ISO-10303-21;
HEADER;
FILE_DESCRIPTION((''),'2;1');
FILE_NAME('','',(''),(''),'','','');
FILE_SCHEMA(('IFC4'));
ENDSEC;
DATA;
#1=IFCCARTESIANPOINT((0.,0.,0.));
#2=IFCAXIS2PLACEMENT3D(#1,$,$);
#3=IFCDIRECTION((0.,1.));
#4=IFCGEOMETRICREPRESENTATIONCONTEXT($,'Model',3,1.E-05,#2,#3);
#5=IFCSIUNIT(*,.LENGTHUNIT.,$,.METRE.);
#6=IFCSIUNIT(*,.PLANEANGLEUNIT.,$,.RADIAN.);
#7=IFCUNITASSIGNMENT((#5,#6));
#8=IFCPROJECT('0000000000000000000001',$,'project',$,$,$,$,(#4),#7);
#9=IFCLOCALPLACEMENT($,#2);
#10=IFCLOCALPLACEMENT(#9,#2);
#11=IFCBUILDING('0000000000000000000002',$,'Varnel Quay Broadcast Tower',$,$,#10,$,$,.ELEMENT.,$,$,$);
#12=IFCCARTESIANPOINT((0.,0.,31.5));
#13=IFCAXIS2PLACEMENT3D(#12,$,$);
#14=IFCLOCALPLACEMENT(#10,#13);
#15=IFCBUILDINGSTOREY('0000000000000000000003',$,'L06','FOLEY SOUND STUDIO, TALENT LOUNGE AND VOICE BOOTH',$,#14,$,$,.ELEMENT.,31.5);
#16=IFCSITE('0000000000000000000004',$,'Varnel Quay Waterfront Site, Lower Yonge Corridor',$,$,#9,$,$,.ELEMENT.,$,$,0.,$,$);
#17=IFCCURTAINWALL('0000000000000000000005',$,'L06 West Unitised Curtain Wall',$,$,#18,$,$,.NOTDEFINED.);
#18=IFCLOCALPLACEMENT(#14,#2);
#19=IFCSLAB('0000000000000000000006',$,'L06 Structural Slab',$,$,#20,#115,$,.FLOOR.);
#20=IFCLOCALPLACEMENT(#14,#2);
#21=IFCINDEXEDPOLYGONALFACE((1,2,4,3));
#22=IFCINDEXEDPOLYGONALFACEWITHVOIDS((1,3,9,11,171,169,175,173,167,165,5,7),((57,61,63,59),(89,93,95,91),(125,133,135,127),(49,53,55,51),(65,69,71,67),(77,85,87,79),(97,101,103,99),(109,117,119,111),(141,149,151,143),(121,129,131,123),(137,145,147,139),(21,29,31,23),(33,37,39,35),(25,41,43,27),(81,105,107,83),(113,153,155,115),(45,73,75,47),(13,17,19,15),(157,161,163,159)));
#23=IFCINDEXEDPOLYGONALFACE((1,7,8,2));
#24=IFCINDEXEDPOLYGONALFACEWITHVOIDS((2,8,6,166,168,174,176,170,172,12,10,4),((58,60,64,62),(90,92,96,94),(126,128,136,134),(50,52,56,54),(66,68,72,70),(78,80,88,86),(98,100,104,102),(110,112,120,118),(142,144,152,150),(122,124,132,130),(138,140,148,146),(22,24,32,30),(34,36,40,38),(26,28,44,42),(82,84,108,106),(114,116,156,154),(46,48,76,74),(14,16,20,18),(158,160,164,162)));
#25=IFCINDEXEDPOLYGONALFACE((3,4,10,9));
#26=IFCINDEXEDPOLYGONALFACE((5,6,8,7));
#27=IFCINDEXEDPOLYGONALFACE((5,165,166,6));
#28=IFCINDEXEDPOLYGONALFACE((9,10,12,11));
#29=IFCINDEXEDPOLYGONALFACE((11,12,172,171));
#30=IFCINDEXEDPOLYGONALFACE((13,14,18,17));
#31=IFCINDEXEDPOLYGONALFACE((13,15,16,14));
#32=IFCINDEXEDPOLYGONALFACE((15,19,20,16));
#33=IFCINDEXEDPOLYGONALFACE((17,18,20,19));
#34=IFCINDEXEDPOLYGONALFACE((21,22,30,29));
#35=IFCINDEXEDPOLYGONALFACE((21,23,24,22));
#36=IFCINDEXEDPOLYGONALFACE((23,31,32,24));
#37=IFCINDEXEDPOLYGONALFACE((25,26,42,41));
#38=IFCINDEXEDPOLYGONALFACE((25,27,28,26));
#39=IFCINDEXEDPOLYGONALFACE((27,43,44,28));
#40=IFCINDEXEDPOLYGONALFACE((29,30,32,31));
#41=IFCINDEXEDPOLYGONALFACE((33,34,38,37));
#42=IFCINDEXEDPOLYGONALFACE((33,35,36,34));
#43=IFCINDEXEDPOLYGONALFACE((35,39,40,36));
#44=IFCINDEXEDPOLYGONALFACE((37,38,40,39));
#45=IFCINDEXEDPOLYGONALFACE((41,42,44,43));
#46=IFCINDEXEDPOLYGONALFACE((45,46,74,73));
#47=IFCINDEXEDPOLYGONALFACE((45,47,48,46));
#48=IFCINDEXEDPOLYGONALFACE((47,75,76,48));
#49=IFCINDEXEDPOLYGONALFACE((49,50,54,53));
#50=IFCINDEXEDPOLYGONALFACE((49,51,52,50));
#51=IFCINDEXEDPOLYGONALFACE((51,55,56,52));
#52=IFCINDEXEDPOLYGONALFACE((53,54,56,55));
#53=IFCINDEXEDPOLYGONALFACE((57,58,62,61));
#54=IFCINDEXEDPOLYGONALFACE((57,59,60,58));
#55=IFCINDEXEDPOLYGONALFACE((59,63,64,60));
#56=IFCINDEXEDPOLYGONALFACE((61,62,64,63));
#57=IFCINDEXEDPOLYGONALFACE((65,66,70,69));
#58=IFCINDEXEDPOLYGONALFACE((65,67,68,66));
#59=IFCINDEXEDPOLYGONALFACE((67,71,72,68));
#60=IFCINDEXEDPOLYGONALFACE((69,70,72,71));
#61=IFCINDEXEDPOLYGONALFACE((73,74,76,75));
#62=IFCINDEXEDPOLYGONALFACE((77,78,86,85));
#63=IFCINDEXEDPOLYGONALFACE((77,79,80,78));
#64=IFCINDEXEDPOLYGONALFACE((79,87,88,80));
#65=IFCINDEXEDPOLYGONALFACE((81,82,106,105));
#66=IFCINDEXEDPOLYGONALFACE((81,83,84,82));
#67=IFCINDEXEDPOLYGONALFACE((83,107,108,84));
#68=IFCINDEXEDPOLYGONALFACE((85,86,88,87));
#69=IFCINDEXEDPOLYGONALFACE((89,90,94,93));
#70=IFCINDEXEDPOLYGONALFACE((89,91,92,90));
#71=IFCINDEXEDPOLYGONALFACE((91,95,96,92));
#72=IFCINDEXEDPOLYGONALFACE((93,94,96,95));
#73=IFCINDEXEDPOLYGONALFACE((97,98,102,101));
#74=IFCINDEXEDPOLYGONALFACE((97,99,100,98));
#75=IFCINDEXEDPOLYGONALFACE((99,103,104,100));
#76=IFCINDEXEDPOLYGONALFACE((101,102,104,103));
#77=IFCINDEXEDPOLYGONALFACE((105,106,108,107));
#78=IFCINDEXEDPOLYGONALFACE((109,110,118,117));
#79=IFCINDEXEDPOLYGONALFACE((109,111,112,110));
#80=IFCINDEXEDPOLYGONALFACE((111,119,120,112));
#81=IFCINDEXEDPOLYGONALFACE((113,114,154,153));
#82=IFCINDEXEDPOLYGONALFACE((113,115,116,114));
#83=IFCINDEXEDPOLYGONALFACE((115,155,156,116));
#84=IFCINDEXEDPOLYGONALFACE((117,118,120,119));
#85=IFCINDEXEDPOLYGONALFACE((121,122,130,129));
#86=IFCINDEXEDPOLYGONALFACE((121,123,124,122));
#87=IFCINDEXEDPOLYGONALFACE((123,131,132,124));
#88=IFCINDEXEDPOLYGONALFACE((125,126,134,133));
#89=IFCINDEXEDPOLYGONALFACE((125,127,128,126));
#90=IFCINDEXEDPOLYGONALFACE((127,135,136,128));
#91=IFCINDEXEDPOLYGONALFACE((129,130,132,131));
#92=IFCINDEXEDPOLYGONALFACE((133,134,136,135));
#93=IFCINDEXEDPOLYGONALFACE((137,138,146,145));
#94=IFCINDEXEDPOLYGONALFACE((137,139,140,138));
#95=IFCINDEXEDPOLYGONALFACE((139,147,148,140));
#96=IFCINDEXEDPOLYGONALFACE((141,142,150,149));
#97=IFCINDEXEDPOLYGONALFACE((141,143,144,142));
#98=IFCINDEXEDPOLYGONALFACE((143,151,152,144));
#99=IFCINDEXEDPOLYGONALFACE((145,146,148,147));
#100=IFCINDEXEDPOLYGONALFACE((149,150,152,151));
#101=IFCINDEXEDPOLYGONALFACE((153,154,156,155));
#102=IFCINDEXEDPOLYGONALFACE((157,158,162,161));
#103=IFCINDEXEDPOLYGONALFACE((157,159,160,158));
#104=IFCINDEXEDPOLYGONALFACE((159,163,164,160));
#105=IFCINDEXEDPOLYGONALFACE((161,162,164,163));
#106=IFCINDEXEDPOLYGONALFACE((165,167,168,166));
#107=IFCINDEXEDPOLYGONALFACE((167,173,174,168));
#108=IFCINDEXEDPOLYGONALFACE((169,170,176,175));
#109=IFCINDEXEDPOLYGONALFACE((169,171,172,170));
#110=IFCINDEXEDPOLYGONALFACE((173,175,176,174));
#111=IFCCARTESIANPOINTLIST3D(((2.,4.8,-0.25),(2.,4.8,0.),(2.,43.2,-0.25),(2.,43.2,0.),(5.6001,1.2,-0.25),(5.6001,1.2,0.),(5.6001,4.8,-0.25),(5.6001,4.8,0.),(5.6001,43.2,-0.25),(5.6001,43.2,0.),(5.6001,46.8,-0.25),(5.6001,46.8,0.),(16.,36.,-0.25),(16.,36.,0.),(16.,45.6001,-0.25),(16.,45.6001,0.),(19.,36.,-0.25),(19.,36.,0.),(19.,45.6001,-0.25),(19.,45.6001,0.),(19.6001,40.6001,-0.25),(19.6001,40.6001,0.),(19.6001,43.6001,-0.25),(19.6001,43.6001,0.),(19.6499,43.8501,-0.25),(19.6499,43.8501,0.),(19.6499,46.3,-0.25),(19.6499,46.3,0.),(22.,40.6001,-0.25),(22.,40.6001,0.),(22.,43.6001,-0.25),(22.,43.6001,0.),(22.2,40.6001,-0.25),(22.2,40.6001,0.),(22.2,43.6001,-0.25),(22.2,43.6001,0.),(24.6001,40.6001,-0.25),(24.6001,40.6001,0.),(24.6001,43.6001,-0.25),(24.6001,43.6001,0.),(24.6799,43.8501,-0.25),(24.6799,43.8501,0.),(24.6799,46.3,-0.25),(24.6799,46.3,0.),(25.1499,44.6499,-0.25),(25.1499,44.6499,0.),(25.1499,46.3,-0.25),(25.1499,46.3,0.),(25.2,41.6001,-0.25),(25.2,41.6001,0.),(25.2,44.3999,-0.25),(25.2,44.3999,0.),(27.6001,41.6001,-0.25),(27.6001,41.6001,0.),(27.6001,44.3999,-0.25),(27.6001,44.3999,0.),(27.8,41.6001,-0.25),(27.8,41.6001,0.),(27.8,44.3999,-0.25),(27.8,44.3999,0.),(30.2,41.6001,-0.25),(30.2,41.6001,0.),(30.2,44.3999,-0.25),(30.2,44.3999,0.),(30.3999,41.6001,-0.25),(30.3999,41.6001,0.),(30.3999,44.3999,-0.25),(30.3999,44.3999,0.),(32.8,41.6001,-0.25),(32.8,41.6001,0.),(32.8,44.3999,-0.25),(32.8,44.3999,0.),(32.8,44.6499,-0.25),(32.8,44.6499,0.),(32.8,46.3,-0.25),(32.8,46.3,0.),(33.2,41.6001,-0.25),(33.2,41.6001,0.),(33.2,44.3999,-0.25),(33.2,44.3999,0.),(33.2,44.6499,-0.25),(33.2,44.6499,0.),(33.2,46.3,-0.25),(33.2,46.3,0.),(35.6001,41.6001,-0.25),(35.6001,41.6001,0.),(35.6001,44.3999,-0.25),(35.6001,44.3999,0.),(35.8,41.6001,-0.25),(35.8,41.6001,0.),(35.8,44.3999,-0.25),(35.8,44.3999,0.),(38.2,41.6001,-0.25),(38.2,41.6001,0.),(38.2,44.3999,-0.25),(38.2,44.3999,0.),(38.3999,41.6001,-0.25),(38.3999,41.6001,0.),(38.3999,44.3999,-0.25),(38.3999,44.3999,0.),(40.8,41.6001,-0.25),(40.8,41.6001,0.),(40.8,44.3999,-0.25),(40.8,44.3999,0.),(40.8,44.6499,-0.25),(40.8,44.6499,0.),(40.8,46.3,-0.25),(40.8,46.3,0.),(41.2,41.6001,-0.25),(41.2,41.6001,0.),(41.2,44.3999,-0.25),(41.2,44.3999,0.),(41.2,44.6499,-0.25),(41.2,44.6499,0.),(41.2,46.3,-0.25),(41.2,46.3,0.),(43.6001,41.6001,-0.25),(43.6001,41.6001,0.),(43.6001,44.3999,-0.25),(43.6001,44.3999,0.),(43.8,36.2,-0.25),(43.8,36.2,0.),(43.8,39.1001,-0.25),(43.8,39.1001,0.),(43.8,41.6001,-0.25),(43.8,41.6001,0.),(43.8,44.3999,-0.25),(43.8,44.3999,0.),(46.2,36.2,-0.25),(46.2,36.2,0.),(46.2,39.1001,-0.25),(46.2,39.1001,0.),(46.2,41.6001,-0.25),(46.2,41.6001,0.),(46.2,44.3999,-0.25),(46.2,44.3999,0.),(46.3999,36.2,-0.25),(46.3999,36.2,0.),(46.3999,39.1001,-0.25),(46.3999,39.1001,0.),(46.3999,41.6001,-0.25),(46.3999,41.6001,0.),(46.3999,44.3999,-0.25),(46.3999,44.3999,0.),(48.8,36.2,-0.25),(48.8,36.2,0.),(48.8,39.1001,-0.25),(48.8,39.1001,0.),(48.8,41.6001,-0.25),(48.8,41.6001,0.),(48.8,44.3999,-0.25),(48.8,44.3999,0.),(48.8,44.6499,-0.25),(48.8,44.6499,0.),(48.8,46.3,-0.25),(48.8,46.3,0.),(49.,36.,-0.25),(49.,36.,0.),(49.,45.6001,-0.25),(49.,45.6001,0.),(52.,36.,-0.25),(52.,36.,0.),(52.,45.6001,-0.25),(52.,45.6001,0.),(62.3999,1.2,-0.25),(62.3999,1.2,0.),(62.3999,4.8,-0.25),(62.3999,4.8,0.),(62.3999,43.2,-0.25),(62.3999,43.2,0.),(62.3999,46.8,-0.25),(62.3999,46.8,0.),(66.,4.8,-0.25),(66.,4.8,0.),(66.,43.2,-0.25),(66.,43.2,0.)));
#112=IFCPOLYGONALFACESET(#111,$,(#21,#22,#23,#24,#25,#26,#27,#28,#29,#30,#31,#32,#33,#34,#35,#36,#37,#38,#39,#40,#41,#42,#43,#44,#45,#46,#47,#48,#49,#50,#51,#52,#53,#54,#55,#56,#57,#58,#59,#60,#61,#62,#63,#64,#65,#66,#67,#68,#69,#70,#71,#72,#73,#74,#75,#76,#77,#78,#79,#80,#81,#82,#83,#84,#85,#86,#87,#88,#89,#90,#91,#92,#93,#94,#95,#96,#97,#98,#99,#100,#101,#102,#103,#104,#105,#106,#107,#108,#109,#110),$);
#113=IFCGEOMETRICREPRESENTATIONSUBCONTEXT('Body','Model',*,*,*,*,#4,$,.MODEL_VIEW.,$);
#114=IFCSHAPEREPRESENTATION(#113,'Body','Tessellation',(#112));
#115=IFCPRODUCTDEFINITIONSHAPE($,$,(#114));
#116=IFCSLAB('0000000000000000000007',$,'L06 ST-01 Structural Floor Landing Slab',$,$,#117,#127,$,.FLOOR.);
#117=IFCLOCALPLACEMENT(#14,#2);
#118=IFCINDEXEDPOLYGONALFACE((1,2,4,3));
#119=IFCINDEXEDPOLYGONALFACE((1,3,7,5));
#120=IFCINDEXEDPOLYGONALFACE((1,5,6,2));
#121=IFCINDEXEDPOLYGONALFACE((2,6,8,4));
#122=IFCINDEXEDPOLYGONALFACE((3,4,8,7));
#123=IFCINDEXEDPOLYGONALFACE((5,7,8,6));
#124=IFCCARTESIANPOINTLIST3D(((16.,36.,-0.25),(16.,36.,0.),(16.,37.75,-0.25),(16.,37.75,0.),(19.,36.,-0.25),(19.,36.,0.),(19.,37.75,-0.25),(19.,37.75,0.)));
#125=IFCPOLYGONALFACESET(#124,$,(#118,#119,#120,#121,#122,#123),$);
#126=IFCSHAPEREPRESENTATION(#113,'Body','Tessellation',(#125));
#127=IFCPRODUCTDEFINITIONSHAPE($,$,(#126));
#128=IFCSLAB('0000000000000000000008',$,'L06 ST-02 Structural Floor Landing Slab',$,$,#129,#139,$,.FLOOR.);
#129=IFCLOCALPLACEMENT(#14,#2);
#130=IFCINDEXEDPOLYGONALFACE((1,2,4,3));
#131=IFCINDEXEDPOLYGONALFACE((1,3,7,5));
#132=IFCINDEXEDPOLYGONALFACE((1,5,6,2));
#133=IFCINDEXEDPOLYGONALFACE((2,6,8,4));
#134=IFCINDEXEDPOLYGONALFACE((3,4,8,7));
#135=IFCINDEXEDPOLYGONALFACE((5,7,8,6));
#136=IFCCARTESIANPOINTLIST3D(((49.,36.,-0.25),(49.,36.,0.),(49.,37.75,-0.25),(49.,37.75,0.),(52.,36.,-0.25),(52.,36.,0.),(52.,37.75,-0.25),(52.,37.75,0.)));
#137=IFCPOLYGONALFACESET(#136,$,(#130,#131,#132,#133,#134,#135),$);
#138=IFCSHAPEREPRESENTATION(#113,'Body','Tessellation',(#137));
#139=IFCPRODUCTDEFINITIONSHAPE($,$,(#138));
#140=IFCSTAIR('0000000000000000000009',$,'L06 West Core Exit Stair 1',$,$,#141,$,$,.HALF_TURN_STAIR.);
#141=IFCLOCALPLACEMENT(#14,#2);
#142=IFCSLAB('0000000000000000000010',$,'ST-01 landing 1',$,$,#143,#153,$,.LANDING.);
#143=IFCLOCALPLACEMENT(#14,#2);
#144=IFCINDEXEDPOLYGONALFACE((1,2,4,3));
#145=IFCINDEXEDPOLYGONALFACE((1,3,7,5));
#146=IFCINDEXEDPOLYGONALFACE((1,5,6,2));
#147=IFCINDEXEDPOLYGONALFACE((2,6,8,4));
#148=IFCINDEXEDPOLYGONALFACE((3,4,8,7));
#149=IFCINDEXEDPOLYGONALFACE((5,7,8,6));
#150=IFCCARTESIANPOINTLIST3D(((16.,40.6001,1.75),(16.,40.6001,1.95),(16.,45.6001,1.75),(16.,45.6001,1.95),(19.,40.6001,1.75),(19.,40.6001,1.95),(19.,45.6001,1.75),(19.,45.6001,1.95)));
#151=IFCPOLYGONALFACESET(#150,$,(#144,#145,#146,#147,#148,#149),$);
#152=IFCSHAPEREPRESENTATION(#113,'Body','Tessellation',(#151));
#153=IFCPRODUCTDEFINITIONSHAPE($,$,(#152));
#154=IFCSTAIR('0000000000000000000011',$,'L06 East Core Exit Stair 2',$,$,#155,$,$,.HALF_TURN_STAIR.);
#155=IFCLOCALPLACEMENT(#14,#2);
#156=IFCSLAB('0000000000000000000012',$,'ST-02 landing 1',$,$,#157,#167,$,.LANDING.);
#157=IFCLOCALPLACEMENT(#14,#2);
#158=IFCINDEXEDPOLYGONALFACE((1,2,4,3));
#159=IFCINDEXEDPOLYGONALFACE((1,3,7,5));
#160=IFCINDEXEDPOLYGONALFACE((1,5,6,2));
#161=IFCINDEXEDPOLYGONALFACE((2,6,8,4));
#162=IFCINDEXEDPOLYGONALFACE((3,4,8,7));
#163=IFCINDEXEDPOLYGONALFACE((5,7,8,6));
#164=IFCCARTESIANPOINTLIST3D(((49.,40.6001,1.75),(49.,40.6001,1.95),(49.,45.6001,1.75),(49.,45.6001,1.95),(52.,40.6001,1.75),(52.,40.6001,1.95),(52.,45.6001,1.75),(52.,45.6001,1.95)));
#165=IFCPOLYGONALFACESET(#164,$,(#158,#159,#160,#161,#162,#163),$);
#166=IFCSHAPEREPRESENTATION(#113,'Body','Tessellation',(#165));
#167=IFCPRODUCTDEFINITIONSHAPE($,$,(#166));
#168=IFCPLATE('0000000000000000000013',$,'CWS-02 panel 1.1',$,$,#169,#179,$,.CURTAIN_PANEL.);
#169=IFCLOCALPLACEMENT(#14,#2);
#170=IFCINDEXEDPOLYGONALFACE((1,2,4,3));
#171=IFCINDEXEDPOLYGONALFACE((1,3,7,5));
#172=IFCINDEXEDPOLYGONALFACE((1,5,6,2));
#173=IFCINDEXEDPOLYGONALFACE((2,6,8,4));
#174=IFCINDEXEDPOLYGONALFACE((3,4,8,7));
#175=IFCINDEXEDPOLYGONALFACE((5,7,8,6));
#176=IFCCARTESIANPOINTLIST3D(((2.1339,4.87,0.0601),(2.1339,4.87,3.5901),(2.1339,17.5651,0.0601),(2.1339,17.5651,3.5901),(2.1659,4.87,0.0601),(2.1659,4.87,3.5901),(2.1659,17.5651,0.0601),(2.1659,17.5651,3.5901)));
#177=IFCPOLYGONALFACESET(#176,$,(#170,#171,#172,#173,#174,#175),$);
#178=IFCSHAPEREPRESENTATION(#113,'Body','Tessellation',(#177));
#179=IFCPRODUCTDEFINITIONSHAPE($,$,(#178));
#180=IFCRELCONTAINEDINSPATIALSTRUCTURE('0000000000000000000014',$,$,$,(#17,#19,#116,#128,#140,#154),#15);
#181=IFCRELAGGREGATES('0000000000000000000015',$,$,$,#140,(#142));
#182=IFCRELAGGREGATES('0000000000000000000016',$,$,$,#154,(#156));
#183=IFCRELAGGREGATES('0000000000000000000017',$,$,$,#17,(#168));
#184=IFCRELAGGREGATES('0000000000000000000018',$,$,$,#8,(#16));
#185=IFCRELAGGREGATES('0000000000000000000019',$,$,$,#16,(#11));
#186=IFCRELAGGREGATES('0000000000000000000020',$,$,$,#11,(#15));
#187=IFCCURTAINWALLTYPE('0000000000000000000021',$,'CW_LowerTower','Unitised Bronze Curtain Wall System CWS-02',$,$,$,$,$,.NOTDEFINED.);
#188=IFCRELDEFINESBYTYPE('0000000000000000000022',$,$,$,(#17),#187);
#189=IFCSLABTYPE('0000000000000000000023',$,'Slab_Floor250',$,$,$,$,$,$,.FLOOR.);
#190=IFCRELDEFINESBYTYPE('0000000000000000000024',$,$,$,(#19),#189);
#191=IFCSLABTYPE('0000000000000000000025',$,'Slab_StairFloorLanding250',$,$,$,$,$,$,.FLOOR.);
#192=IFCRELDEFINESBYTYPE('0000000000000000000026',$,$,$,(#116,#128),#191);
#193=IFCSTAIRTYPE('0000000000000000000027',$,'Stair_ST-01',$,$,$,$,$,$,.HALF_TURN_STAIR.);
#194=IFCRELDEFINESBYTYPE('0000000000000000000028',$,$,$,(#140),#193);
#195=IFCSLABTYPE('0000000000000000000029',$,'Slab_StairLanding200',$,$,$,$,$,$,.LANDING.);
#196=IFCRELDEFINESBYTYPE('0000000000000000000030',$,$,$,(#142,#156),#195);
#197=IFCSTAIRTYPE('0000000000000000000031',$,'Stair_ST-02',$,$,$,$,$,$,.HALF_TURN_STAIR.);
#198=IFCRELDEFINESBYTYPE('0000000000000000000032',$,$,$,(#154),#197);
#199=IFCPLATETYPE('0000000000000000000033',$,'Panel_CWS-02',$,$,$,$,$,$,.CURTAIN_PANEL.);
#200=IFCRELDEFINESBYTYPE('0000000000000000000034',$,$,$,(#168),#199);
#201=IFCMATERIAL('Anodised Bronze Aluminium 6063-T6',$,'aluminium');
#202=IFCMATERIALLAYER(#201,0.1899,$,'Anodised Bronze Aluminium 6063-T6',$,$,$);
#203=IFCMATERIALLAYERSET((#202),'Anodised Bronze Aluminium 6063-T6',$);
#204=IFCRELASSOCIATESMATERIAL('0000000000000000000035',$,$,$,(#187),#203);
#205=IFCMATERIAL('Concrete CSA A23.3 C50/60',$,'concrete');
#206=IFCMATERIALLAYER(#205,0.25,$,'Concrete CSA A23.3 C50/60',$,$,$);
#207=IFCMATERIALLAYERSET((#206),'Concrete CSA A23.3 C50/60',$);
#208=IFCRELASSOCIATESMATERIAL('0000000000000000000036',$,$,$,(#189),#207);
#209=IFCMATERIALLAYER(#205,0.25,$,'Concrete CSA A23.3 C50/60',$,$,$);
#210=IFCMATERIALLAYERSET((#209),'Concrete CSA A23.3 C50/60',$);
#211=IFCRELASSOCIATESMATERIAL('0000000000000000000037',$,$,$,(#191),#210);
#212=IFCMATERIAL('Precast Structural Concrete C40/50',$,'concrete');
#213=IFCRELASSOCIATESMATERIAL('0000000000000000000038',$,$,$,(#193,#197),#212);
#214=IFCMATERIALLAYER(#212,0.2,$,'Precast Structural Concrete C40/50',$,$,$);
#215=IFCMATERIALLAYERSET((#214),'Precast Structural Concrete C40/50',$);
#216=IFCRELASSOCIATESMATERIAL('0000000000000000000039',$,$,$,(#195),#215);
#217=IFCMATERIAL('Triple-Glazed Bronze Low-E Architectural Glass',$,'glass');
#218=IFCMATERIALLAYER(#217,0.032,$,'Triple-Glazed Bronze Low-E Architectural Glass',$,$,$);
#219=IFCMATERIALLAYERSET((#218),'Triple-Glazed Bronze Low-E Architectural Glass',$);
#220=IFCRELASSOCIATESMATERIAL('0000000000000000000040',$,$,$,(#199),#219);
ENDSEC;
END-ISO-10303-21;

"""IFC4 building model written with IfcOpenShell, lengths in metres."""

from ifc_helpers import new_model, si_unit, direction, frame, origin, origin_2d, place, context, subcontext, project, spatial, polyline, rectangle, outline, extrude, source, transform, mapped, material, layer, layer_set, type_object, type_shapes, element, aggregate, save


model = new_model("IFC4")

# Units and contexts
model_context = context("Model", 3, precision=1e-05, world=origin(), true_north=direction((0.0, 1.0)))
body_context = subcontext(model_context, "Body", "Model", "MODEL_VIEW")
ifc_project = project(units=[si_unit("LENGTHUNIT", "METRE"), si_unit("PLANEANGLEUNIT", "RADIAN")], contexts=[model_context])

# Site, building, storey
site_placement = place(None, origin())
site = spatial("IfcSite", under=ifc_project, at=site_placement, Name="Varnel Quay Waterfront Site, Lower Yonge Corridor", CompositionType="ELEMENT", RefElevation=0.0)
building_placement = place(site_placement, origin())
building = spatial("IfcBuilding", under=site, at=building_placement, Name="Varnel Quay Broadcast Tower", CompositionType="ELEMENT")
storey_placement = place(building_placement, frame((0.0, 0.0, 31.5)))
storey = spatial("IfcBuildingStorey", under=building, at=storey_placement, Name="L06", Description="FOLEY SOUND STUDIO, TALENT LOUNGE AND VOICE BOOTH", CompositionType="ELEMENT", Elevation=31.5)

# Curtain wall
ifc_material_1 = material(Name="Anodised Bronze Aluminium 6063-T6", Category="aluminium")
ifc_layer_1 = layer(ifc_material_1, 0.1899, Name="Anodised Bronze Aluminium 6063-T6")
ifc_layer_set_1 = layer_set([ifc_layer_1], Name="Anodised Bronze Aluminium 6063-T6")
curtain_wall_type_1 = type_object("IfcCurtainWallType", Name="CW_LowerTower", Description="Unitised Bronze Curtain Wall System CWS-02", PredefinedType="NOTDEFINED", material=ifc_layer_set_1)
curtain_wall_1_placement = place(storey_placement, origin())
curtain_wall_1 = element("IfcCurtainWall", 1, at=curtain_wall_1_placement, inside=storey, type_object=curtain_wall_type_1, Name="L06 West Unitised Curtain Wall", PredefinedType="NOTDEFINED")

# Slabs
ifc_material_2 = material(Name="Concrete CSA A23.3 C50/60", Category="concrete")
ifc_layer_2 = layer(ifc_material_2, 0.25, Name="Concrete CSA A23.3 C50/60")
ifc_layer_set_2 = layer_set([ifc_layer_2], Name="Concrete CSA A23.3 C50/60")
slab_type_1 = type_object("IfcSlabType", Name="Slab_Floor250", PredefinedType="FLOOR", material=ifc_layer_set_2)
slab_1_placement = place(storey_placement, frame((0.0, 0.0, -0.25)))
element("IfcSlab", 2, at=slab_1_placement, inside=storey, type_object=slab_type_1, Name="L06 Structural Slab", PredefinedType="FLOOR", context=body_context, shape_type="SweptSolid", body=[
    extrude(outline(polyline([(5.6001, 1.2), (62.3999, 1.2), (62.3999, 4.8), (66.0, 4.8), (66.0, 43.2), (62.3999, 43.2), (62.3999, 46.8), (5.6001, 46.8), (5.6001, 43.2), (2.0, 43.2), (2.0, 4.8), (5.6001, 4.8), (5.6001, 1.2)]), holes=[polyline([(16.0, 36.0), (16.0, 45.6001), (19.0, 45.6001), (19.0, 36.0), (16.0, 36.0)]), polyline([(19.6001, 43.6001), (22.0, 43.6001), (22.0, 40.6001), (19.6001, 40.6001), (19.6001, 43.6001)]), polyline([(22.2, 43.6001), (24.6001, 43.6001), (24.6001, 40.6001), (22.2, 40.6001), (22.2, 43.6001)]), polyline([(25.2, 44.3999), (27.6001, 44.3999), (27.6001, 41.6001), (25.2, 41.6001), (25.2, 44.3999)]), polyline([(27.8, 44.3999), (30.2, 44.3999), (30.2, 41.6001), (27.8, 41.6001), (27.8, 44.3999)]), polyline([(30.3999, 44.3999), (32.8, 44.3999), (32.8, 41.6001), (30.3999, 41.6001), (30.3999, 44.3999)]), polyline([(33.2, 44.3999), (35.6001, 44.3999), (35.6001, 41.6001), (33.2, 41.6001), (33.2, 44.3999)]), polyline([(38.2, 44.3999), (38.2, 41.6001), (35.8, 41.6001), (35.8, 44.3999), (38.2, 44.3999)]), polyline([(24.6799, 46.3), (24.6799, 43.8501), (19.6499, 43.8501), (19.6499, 46.3), (24.6799, 46.3)]), polyline([(25.1499, 46.3), (32.8, 46.3), (32.8, 44.6499), (25.1499, 44.6499), (25.1499, 46.3)]), polyline([(43.8, 39.1001), (46.2, 39.1001), (46.2, 36.2), (43.8, 36.2), (43.8, 39.1001)]), polyline([(46.3999, 39.1001), (48.8, 39.1001), (48.8, 36.2), (46.3999, 36.2), (46.3999, 39.1001)]), polyline([(49.0, 45.6001), (52.0, 45.6001), (52.0, 36.0), (49.0, 36.0), (49.0, 45.6001)]), polyline([(40.8, 44.3999), (40.8, 41.6001), (38.3999, 41.6001), (38.3999, 44.3999), (40.8, 44.3999)]), polyline([(41.2, 44.3999), (43.6001, 44.3999), (43.6001, 41.6001), (41.2, 41.6001), (41.2, 44.3999)]), polyline([(43.8, 44.3999), (46.2, 44.3999), (46.2, 41.6001), (43.8, 41.6001), (43.8, 44.3999)]), polyline([(46.3999, 44.3999), (48.8, 44.3999), (48.8, 41.6001), (46.3999, 41.6001), (46.3999, 44.3999)]), polyline([(40.8, 46.3), (40.8, 44.6499), (33.2, 44.6499), (33.2, 46.3), (40.8, 46.3)]), polyline([(48.8, 46.3), (48.8, 44.6499), (41.2, 44.6499), (41.2, 46.3), (48.8, 46.3)])]), origin(), (0.0, 0.0, 1.0), 0.25),
])
ifc_layer_3 = layer(ifc_material_2, 0.25, Name="Concrete CSA A23.3 C50/60")
ifc_layer_set_3 = layer_set([ifc_layer_3], Name="Concrete CSA A23.3 C50/60")
slab_type_2 = type_object("IfcSlabType", Name="Slab_StairFloorLanding250", PredefinedType="FLOOR", material=ifc_layer_set_3)
slab_2_placement = place(storey_placement, frame((0.0, 0.0, -0.25)))
element("IfcSlab", 3, at=slab_2_placement, inside=storey, type_object=slab_type_2, Name="L06 ST-01 Structural Floor Landing Slab", PredefinedType="FLOOR", context=body_context, shape_type="SweptSolid", body=[
    extrude(outline(polyline([(19.0, 36.0), (19.0, 37.75), (16.0, 37.75), (16.0, 36.0), (19.0, 36.0)])), origin(), (0.0, 0.0, 1.0), 0.25),
])
slab_3_placement = place(storey_placement, frame((0.0, 0.0, -0.25)))
element("IfcSlab", 4, at=slab_3_placement, inside=storey, type_object=slab_type_2, Name="L06 ST-02 Structural Floor Landing Slab", PredefinedType="FLOOR", context=body_context, shape_type="SweptSolid", body=[
    extrude(outline(polyline([(52.0, 36.0), (52.0, 37.75), (49.0, 37.75), (49.0, 36.0), (52.0, 36.0)])), origin(), (0.0, 0.0, 1.0), 0.25),
])

# Stairs, slabs
ifc_material_3 = material(Name="Precast Structural Concrete C40/50", Category="concrete")
stair_type_1 = type_object("IfcStairType", Name="Stair_ST-01", PredefinedType="HALF_TURN_STAIR", material=ifc_material_3)
stair_1_placement = place(storey_placement, origin())
stair_1 = element("IfcStair", 5, at=stair_1_placement, inside=storey, type_object=stair_type_1, Name="L06 West Core Exit Stair 1", PredefinedType="HALF_TURN_STAIR")
ifc_layer_4 = layer(ifc_material_3, 0.2, Name="Precast Structural Concrete C40/50")
ifc_layer_set_4 = layer_set([ifc_layer_4], Name="Precast Structural Concrete C40/50")
slab_type_3 = type_object("IfcSlabType", Name="Slab_StairLanding200", PredefinedType="LANDING", material=ifc_layer_set_4)
slab_4_placement = place(storey_placement, frame((0.0, 0.0, 1.75)))
slab_4 = element("IfcSlab", 6, at=slab_4_placement, type_object=slab_type_3, Name="ST-01 landing 1", PredefinedType="LANDING", context=body_context, shape_type="SweptSolid", body=[
    extrude(outline(polyline([(19.0, 40.6001), (19.0, 45.6001), (16.0, 45.6001), (16.0, 40.6001), (19.0, 40.6001)])), origin(), (0.0, 0.0, 1.0), 0.2),
])
aggregate(stair_1, [slab_4])
stair_type_2 = type_object("IfcStairType", Name="Stair_ST-02", PredefinedType="HALF_TURN_STAIR", material=ifc_material_3)
stair_2_placement = place(storey_placement, origin())
stair_2 = element("IfcStair", 7, at=stair_2_placement, inside=storey, type_object=stair_type_2, Name="L06 East Core Exit Stair 2", PredefinedType="HALF_TURN_STAIR")
slab_5_placement = place(storey_placement, frame((0.0, 0.0, 1.75)))
slab_5 = element("IfcSlab", 8, at=slab_5_placement, type_object=slab_type_3, Name="ST-02 landing 1", PredefinedType="LANDING", context=body_context, shape_type="SweptSolid", body=[
    extrude(outline(polyline([(52.0, 40.6001), (52.0, 45.6001), (49.0, 45.6001), (49.0, 40.6001), (52.0, 40.6001)])), origin(), (0.0, 0.0, 1.0), 0.2),
])
aggregate(stair_2, [slab_5])

# Plate
ifc_material_4 = material(Name="Triple-Glazed Bronze Low-E Architectural Glass", Category="glass")
ifc_layer_5 = layer(ifc_material_4, 0.032, Name="Triple-Glazed Bronze Low-E Architectural Glass")
ifc_layer_set_5 = layer_set([ifc_layer_5], Name="Triple-Glazed Bronze Low-E Architectural Glass")
plate_type = type_object("IfcPlateType", Name="Panel_CWS-02", PredefinedType="CURTAIN_PANEL", material=ifc_layer_set_5)
shared_shape_1 = source(origin(), body_context, "Body", "SweptSolid", [
    extrude(rectangle(XDim=12.6951, YDim=0.032, at=origin_2d()), origin(), (0.0, 0.0, 1.0), 3.53),
])
type_shapes(plate_type, [shared_shape_1])
plate_placement = place(storey_placement, frame((2.1499, 11.2175, 0.0601), z_axis=(0.0, 0.0, 1.0), x_axis=(0.0, 1.0, 0.0)))
plate = element("IfcPlate", 9, at=plate_placement, type_object=plate_type, Name="CWS-02 panel 1.1", PredefinedType="CURTAIN_PANEL", context=body_context, shape_type="MappedRepresentation", body=[
    mapped(shared_shape_1, transform((0.0, 0.0, 0.0), x_axis=(1.0, 0.0, 0.0), y_axis=(0.0, 1.0, 0.0), z_axis=(0.0, 0.0, 1.0), scale=1.0)),
])
aggregate(curtain_wall_1, [plate])

save(model, "model.ifc")
